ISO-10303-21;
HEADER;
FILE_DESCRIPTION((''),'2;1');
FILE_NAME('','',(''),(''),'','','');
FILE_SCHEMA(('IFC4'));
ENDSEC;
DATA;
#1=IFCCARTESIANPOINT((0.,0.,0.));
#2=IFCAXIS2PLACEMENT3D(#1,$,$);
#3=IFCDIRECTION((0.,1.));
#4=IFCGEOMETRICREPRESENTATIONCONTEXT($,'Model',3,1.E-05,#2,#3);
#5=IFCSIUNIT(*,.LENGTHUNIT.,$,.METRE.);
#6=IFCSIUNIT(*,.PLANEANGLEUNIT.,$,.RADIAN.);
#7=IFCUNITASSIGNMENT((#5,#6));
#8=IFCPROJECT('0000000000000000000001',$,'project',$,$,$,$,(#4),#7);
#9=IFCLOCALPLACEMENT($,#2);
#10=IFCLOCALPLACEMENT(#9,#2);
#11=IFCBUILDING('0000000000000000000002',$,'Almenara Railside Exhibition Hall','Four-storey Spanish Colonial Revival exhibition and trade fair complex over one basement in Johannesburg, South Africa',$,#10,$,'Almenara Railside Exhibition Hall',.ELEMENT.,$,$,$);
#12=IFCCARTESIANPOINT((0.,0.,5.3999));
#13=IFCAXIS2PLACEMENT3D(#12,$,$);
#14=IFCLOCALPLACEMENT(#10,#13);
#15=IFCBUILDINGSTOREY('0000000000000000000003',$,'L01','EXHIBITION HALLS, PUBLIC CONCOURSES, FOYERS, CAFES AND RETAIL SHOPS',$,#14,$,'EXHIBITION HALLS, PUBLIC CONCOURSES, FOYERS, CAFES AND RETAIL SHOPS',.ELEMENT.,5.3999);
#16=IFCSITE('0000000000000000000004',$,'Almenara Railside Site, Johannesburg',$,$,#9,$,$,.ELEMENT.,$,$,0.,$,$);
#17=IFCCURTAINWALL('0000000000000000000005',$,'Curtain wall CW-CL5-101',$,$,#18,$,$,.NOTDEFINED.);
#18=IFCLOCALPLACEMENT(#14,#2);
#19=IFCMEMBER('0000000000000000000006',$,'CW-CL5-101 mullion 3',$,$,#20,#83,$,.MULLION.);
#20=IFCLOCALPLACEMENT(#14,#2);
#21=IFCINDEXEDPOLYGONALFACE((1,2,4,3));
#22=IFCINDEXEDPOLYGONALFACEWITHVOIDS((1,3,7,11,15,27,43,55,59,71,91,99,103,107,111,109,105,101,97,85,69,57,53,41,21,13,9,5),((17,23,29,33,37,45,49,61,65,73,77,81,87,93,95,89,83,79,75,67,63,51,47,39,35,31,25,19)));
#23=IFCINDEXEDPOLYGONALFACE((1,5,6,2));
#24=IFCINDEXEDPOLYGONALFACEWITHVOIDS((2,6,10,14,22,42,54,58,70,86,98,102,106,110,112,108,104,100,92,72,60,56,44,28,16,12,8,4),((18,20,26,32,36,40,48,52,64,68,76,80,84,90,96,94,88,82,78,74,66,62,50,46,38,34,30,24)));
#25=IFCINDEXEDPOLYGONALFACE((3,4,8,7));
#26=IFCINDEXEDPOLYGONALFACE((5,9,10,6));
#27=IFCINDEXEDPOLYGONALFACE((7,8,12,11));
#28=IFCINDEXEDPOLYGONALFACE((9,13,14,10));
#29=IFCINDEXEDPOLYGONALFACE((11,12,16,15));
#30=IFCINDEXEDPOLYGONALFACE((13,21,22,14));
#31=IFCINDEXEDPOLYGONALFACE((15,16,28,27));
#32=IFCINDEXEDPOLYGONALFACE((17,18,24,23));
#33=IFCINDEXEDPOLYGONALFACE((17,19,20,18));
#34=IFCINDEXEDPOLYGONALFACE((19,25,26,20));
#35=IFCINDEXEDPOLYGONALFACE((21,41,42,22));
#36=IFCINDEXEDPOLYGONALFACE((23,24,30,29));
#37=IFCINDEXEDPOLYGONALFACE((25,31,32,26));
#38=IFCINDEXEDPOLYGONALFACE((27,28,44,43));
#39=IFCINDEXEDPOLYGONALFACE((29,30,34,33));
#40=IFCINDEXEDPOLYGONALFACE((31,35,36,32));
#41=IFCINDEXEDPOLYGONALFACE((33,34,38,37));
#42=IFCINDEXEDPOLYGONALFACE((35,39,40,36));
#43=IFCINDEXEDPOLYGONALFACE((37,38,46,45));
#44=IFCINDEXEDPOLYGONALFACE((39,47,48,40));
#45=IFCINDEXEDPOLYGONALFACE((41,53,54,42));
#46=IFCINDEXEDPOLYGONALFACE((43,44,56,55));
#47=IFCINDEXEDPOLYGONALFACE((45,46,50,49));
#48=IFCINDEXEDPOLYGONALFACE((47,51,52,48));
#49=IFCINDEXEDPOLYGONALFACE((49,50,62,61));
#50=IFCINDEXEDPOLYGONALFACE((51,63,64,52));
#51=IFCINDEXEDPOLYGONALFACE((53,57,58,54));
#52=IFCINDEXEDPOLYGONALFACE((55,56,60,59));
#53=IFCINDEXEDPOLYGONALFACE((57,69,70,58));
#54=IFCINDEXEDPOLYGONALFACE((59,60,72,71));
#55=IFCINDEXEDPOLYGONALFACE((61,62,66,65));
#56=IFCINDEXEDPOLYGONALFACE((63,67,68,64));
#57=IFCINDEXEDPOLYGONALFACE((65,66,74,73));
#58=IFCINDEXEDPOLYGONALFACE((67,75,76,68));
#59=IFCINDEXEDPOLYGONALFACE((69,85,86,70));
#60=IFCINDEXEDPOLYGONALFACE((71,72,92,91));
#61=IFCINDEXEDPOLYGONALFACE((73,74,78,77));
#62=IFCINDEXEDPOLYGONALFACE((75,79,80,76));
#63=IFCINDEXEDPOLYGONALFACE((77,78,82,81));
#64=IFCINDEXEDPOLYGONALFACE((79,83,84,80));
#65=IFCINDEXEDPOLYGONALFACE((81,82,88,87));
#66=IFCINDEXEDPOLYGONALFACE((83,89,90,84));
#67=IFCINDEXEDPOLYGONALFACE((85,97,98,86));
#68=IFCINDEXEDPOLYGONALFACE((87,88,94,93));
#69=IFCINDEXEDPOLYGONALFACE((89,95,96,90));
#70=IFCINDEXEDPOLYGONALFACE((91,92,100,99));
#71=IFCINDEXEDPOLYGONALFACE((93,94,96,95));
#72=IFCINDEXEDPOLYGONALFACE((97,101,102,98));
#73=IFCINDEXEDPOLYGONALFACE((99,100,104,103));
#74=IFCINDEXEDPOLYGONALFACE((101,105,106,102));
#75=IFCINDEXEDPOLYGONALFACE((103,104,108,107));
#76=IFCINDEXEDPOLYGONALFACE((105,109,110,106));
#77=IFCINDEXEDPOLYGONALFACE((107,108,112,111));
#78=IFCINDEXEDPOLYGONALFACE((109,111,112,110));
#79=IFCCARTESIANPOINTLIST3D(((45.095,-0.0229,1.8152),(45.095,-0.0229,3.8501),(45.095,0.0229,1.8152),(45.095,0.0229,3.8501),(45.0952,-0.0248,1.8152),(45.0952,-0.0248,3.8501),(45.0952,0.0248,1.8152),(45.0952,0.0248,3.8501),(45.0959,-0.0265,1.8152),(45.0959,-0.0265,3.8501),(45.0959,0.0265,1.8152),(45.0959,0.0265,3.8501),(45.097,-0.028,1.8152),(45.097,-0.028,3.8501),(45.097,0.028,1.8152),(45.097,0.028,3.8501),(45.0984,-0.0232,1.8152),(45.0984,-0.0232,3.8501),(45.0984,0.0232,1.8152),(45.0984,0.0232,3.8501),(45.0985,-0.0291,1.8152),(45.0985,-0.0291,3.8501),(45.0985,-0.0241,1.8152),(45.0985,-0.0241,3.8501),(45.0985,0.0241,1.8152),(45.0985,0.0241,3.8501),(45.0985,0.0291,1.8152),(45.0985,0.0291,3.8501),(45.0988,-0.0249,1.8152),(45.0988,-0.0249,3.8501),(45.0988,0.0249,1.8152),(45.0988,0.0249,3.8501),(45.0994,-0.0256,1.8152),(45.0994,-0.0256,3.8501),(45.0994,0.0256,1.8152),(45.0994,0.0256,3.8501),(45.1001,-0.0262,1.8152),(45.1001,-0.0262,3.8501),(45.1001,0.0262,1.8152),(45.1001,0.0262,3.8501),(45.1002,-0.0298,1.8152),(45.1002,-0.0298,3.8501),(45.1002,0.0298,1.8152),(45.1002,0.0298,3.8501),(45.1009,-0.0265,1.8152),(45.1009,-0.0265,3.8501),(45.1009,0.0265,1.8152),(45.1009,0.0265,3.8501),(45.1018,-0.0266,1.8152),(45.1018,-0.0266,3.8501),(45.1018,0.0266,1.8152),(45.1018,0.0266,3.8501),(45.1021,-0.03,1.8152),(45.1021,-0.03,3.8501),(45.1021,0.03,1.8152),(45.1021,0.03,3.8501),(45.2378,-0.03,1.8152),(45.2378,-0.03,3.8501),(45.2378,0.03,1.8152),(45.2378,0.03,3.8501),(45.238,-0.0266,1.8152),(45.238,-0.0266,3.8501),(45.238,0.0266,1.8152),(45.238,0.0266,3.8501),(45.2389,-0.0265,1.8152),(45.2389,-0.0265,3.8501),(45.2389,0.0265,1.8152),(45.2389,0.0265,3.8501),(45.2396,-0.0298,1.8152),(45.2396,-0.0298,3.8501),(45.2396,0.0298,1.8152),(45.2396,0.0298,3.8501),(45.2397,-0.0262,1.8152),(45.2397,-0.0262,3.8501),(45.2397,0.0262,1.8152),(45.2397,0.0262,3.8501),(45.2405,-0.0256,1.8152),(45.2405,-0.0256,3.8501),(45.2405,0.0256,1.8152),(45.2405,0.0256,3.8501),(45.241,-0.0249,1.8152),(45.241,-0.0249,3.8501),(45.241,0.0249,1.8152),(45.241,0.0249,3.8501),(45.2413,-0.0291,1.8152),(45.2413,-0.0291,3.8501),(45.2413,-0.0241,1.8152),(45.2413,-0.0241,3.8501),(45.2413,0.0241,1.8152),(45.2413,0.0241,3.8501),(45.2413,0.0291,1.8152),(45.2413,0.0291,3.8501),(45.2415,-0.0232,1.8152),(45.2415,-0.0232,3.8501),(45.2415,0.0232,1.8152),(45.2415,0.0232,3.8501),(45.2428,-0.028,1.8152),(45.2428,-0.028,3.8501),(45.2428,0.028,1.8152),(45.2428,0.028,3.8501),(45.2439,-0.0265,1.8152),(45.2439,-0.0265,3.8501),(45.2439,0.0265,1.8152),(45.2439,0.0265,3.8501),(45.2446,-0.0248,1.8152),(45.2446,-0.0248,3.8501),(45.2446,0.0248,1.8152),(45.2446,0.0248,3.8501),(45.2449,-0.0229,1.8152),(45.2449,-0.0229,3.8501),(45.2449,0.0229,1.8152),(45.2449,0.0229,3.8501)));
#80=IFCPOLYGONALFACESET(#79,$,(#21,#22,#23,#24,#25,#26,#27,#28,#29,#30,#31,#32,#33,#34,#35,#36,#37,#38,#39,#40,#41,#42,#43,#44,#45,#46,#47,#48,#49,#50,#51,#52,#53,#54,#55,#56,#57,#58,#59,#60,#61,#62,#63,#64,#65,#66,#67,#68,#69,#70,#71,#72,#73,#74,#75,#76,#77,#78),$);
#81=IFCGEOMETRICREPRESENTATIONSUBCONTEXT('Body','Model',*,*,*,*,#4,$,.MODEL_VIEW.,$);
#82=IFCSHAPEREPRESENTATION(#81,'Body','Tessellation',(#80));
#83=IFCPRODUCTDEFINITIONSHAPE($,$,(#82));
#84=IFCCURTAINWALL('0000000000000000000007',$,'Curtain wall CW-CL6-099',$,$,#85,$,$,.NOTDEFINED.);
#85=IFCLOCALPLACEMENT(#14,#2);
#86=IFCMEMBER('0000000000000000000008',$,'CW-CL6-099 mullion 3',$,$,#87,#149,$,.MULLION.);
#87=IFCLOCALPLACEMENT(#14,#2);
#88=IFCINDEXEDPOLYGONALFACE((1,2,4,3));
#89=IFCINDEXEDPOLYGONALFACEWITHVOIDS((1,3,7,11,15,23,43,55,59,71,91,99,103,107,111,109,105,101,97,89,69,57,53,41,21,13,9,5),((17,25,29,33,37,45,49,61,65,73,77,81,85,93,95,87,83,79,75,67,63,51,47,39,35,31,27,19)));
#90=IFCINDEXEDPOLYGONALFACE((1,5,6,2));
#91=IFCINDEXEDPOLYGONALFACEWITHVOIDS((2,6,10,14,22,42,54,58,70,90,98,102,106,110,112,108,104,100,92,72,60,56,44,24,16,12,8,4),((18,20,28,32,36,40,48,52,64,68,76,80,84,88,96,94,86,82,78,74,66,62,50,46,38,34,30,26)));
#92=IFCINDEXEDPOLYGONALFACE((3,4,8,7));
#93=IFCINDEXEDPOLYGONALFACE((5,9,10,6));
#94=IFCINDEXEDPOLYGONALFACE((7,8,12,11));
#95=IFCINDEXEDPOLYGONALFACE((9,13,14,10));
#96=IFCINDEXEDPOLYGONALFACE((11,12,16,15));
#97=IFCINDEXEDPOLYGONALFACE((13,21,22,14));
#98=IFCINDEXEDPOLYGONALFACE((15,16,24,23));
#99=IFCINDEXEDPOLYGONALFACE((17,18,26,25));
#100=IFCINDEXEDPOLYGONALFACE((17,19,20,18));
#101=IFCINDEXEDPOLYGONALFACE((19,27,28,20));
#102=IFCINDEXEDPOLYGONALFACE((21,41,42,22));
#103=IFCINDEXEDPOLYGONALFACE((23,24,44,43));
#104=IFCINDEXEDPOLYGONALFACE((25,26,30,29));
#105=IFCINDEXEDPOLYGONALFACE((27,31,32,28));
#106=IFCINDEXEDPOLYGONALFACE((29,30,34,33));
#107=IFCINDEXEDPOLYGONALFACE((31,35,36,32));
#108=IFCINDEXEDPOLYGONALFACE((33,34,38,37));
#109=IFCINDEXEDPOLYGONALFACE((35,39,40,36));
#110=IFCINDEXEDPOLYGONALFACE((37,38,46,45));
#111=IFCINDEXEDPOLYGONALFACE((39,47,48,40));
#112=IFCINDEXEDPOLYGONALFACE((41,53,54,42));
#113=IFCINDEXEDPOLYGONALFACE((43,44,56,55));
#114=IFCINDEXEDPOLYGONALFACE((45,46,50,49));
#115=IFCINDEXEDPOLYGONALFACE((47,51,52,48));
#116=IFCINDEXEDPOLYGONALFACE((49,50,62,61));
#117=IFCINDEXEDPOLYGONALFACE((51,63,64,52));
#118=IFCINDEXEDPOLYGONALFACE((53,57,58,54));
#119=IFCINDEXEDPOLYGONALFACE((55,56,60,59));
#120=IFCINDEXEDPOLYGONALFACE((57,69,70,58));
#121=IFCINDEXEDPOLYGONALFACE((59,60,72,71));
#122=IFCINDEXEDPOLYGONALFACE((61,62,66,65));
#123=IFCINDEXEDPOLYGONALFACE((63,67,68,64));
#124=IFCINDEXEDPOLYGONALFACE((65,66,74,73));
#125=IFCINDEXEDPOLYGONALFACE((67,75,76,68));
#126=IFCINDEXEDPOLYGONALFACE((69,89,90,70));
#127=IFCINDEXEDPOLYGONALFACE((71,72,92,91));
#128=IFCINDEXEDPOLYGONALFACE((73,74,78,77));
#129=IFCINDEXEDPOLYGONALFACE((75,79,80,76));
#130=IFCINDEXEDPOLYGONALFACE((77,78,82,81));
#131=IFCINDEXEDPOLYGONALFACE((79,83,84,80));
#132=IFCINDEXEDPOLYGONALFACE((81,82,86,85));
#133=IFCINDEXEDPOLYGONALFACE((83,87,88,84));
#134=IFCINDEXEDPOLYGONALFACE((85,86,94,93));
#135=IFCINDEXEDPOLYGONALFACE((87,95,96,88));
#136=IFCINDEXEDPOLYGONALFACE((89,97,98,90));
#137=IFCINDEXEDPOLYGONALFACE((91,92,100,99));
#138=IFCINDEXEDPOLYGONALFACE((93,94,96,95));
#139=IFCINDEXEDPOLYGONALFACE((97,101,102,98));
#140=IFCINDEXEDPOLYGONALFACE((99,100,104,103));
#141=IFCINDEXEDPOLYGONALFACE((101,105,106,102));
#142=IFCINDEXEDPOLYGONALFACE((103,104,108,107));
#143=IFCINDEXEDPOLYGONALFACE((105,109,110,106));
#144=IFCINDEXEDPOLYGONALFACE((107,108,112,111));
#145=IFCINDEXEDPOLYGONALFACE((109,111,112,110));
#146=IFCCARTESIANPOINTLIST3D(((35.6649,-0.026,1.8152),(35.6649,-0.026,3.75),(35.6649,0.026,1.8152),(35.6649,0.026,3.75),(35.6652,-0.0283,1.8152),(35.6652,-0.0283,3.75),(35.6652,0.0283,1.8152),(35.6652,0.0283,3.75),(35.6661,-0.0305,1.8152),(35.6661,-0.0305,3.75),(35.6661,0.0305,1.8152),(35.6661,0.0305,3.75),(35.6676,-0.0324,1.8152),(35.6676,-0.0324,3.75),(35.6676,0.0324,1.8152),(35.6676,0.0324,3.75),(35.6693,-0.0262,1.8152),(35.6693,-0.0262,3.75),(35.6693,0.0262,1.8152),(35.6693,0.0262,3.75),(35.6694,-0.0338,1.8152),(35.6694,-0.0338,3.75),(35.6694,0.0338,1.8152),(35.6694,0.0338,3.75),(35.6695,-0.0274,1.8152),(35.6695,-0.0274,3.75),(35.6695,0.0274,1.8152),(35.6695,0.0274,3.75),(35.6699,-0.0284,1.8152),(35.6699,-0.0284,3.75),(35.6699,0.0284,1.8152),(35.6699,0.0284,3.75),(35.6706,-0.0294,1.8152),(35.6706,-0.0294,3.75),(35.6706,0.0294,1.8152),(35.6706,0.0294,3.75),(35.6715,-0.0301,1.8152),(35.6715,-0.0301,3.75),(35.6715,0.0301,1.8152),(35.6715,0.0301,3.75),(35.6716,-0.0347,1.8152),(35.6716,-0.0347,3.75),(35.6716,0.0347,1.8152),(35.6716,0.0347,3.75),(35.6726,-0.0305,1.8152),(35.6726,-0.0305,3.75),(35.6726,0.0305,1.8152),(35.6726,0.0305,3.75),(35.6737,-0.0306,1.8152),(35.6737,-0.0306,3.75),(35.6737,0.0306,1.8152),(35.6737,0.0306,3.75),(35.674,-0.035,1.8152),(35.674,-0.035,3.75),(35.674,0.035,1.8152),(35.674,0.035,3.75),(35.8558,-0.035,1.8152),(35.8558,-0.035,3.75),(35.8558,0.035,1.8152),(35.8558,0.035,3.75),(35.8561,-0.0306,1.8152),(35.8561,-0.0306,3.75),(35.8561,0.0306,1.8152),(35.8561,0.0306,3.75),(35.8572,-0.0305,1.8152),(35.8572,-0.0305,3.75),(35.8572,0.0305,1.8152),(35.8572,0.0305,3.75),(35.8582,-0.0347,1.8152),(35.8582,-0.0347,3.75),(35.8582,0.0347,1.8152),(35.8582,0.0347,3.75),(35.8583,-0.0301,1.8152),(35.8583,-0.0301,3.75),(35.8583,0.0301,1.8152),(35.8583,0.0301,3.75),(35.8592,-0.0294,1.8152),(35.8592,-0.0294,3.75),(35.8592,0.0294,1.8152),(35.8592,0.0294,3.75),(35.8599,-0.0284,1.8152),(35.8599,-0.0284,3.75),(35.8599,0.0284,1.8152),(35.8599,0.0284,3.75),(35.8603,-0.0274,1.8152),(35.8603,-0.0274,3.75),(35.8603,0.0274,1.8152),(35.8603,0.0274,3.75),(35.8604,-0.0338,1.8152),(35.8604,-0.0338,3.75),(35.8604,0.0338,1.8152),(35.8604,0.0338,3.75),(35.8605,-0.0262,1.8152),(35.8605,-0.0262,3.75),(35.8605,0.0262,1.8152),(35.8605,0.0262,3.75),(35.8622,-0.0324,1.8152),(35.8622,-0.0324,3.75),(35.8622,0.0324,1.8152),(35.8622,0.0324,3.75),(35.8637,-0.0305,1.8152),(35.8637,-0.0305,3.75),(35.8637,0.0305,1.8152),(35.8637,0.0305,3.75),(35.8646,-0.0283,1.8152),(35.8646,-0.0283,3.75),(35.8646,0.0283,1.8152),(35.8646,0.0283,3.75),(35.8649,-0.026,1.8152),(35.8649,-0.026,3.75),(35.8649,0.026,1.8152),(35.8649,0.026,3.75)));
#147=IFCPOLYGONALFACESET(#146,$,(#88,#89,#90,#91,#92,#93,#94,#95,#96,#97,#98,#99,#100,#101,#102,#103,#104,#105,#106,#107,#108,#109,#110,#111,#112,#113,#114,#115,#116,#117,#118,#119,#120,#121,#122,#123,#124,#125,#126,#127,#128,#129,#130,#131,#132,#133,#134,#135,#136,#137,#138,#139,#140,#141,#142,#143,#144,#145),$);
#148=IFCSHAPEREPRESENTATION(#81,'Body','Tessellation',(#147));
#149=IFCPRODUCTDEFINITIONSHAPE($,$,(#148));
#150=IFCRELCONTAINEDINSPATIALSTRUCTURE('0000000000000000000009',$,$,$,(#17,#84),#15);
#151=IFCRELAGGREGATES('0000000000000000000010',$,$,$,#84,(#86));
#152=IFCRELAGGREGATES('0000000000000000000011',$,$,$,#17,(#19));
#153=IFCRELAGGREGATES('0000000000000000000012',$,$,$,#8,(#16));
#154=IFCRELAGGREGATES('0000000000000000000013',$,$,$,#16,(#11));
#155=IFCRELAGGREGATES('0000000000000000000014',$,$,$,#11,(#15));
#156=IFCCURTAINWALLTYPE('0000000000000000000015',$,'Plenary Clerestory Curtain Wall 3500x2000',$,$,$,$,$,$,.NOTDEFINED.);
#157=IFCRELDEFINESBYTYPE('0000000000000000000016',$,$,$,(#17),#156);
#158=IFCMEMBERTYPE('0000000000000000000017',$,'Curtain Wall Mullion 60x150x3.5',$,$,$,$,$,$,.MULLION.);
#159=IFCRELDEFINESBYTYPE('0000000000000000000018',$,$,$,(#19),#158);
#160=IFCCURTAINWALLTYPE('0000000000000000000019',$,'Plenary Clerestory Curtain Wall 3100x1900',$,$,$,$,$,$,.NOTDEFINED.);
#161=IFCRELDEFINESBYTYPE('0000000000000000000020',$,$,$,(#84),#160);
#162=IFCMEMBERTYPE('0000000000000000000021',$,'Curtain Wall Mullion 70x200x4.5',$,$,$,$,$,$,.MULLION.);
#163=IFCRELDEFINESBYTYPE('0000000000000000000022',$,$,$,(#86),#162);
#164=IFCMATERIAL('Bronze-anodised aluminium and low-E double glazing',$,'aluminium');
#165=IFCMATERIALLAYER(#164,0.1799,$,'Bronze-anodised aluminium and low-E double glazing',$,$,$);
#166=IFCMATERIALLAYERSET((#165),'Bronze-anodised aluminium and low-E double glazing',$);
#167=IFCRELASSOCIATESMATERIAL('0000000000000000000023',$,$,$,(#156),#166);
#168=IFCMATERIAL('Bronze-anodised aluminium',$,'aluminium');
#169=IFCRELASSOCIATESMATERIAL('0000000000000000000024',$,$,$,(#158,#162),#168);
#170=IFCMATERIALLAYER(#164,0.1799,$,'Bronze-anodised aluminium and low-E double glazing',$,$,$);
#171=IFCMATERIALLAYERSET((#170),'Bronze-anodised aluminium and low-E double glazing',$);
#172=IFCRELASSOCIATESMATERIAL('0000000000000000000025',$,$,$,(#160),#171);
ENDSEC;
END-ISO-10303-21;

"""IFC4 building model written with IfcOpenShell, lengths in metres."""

from ifc_helpers import new_model, si_unit, direction, frame, origin, origin_2d, place, context, subcontext, project, spatial, hollow_rectangle, extrude, material, layer, layer_set, material_profile, profile_set, type_object, element, aggregate, save


model = new_model("IFC4")

# Units and contexts
model_context = context("Model", 3, precision=1e-05, world=origin(), true_north=direction((0.0, 1.0)))
body_context = subcontext(model_context, "Body", "Model", "MODEL_VIEW")
ifc_project = project(units=[si_unit("LENGTHUNIT", "METRE"), si_unit("PLANEANGLEUNIT", "RADIAN")], contexts=[model_context])

# Site, building, storey
site_placement = place(None, origin())
site = spatial("IfcSite", under=ifc_project, at=site_placement, Name="Almenara Railside Site, Johannesburg", CompositionType="ELEMENT", RefElevation=0.0)
building_placement = place(site_placement, origin())
building = spatial("IfcBuilding", under=site, at=building_placement, Name="Almenara Railside Exhibition Hall", Description="Four-storey Spanish Colonial Revival exhibition and trade fair complex over one basement in Johannesburg, South Africa", LongName="Almenara Railside Exhibition Hall", CompositionType="ELEMENT")
storey_placement = place(building_placement, frame((0.0, 0.0, 5.3999)))
storey = spatial("IfcBuildingStorey", under=building, at=storey_placement, Name="L01", Description="EXHIBITION HALLS, PUBLIC CONCOURSES, FOYERS, CAFES AND RETAIL SHOPS", LongName="EXHIBITION HALLS, PUBLIC CONCOURSES, FOYERS, CAFES AND RETAIL SHOPS", CompositionType="ELEMENT", Elevation=5.3999)

# Curtain wall, member
ifc_material_1 = material(Name="Bronze-anodised aluminium and low-E double glazing", Category="aluminium")
ifc_layer_1 = layer(ifc_material_1, 0.1799, Name="Bronze-anodised aluminium and low-E double glazing")
ifc_layer_set_1 = layer_set([ifc_layer_1], Name="Bronze-anodised aluminium and low-E double glazing")
curtain_wall_type_1 = type_object("IfcCurtainWallType", Name="Plenary Clerestory Curtain Wall 3500x2000", PredefinedType="NOTDEFINED", material=ifc_layer_set_1)
curtain_wall_1_placement = place(storey_placement, origin())
curtain_wall_1 = element("IfcCurtainWall", 1, at=curtain_wall_1_placement, inside=storey, type_object=curtain_wall_type_1, Name="Curtain wall CW-CL5-101", PredefinedType="NOTDEFINED")
ifc_material_2 = material(Name="Bronze-anodised aluminium", Category="aluminium")
ifc_material_profile_1 = material_profile(ifc_material_2, hollow_rectangle(XDim=0.0601, YDim=0.1499, WallThickness=0.0034, InnerFilletRadius=0.0034, OuterFilletRadius=0.0071, at=origin_2d()), Name="ALU-MUL 60x150x3.5")
ifc_profile_set_1 = profile_set([ifc_material_profile_1], Name="Bronze-anodised aluminium")
member_type_1 = type_object("IfcMemberType", Name="Curtain Wall Mullion 60x150x3.5", PredefinedType="MULLION", material=ifc_profile_set_1)
member_1_placement = place(storey_placement, frame((45.1699, 0.0, 1.8152), z_axis=(0.0, 0.0, 1.0), x_axis=(0.0, 1.0, 0.0)))
member_1 = element("IfcMember", 2, at=member_1_placement, type_object=member_type_1, Name="CW-CL5-101 mullion 3", PredefinedType="MULLION", context=body_context, shape_type="SweptSolid", body=[
    extrude(hollow_rectangle(XDim=0.0601, YDim=0.1499, WallThickness=0.0034, InnerFilletRadius=0.0034, OuterFilletRadius=0.0071, at=origin_2d()), origin(), (0.0, 0.0, 1.0), 2.0349),
])

# Curtain wall, member
ifc_layer_2 = layer(ifc_material_1, 0.1799, Name="Bronze-anodised aluminium and low-E double glazing")
ifc_layer_set_2 = layer_set([ifc_layer_2], Name="Bronze-anodised aluminium and low-E double glazing")
curtain_wall_type_2 = type_object("IfcCurtainWallType", Name="Plenary Clerestory Curtain Wall 3100x1900", PredefinedType="NOTDEFINED", material=ifc_layer_set_2)
curtain_wall_2_placement = place(storey_placement, origin())
curtain_wall_2 = element("IfcCurtainWall", 3, at=curtain_wall_2_placement, inside=storey, type_object=curtain_wall_type_2, Name="Curtain wall CW-CL6-099", PredefinedType="NOTDEFINED")
ifc_material_profile_2 = material_profile(ifc_material_2, hollow_rectangle(XDim=0.0701, YDim=0.2, WallThickness=0.0044, InnerFilletRadius=0.0044, OuterFilletRadius=0.009, at=origin_2d()), Name="ALU-MUL 70x200x4.5")
ifc_profile_set_2 = profile_set([ifc_material_profile_2], Name="Bronze-anodised aluminium")
member_type_2 = type_object("IfcMemberType", Name="Curtain Wall Mullion 70x200x4.5", PredefinedType="MULLION", material=ifc_profile_set_2)
member_2_placement = place(storey_placement, frame((35.7649, 0.0, 1.8152), z_axis=(0.0, 0.0, 1.0), x_axis=(0.0, 1.0, 0.0)))
member_2 = element("IfcMember", 4, at=member_2_placement, type_object=member_type_2, Name="CW-CL6-099 mullion 3", PredefinedType="MULLION", context=body_context, shape_type="SweptSolid", body=[
    extrude(hollow_rectangle(XDim=0.0701, YDim=0.2, WallThickness=0.0044, InnerFilletRadius=0.0044, OuterFilletRadius=0.009, at=origin_2d()), origin(), (0.0, 0.0, 1.0), 1.9348),
])

aggregate(curtain_wall_2, [member_2])
aggregate(curtain_wall_1, [member_1])

save(model, "model.ifc")
